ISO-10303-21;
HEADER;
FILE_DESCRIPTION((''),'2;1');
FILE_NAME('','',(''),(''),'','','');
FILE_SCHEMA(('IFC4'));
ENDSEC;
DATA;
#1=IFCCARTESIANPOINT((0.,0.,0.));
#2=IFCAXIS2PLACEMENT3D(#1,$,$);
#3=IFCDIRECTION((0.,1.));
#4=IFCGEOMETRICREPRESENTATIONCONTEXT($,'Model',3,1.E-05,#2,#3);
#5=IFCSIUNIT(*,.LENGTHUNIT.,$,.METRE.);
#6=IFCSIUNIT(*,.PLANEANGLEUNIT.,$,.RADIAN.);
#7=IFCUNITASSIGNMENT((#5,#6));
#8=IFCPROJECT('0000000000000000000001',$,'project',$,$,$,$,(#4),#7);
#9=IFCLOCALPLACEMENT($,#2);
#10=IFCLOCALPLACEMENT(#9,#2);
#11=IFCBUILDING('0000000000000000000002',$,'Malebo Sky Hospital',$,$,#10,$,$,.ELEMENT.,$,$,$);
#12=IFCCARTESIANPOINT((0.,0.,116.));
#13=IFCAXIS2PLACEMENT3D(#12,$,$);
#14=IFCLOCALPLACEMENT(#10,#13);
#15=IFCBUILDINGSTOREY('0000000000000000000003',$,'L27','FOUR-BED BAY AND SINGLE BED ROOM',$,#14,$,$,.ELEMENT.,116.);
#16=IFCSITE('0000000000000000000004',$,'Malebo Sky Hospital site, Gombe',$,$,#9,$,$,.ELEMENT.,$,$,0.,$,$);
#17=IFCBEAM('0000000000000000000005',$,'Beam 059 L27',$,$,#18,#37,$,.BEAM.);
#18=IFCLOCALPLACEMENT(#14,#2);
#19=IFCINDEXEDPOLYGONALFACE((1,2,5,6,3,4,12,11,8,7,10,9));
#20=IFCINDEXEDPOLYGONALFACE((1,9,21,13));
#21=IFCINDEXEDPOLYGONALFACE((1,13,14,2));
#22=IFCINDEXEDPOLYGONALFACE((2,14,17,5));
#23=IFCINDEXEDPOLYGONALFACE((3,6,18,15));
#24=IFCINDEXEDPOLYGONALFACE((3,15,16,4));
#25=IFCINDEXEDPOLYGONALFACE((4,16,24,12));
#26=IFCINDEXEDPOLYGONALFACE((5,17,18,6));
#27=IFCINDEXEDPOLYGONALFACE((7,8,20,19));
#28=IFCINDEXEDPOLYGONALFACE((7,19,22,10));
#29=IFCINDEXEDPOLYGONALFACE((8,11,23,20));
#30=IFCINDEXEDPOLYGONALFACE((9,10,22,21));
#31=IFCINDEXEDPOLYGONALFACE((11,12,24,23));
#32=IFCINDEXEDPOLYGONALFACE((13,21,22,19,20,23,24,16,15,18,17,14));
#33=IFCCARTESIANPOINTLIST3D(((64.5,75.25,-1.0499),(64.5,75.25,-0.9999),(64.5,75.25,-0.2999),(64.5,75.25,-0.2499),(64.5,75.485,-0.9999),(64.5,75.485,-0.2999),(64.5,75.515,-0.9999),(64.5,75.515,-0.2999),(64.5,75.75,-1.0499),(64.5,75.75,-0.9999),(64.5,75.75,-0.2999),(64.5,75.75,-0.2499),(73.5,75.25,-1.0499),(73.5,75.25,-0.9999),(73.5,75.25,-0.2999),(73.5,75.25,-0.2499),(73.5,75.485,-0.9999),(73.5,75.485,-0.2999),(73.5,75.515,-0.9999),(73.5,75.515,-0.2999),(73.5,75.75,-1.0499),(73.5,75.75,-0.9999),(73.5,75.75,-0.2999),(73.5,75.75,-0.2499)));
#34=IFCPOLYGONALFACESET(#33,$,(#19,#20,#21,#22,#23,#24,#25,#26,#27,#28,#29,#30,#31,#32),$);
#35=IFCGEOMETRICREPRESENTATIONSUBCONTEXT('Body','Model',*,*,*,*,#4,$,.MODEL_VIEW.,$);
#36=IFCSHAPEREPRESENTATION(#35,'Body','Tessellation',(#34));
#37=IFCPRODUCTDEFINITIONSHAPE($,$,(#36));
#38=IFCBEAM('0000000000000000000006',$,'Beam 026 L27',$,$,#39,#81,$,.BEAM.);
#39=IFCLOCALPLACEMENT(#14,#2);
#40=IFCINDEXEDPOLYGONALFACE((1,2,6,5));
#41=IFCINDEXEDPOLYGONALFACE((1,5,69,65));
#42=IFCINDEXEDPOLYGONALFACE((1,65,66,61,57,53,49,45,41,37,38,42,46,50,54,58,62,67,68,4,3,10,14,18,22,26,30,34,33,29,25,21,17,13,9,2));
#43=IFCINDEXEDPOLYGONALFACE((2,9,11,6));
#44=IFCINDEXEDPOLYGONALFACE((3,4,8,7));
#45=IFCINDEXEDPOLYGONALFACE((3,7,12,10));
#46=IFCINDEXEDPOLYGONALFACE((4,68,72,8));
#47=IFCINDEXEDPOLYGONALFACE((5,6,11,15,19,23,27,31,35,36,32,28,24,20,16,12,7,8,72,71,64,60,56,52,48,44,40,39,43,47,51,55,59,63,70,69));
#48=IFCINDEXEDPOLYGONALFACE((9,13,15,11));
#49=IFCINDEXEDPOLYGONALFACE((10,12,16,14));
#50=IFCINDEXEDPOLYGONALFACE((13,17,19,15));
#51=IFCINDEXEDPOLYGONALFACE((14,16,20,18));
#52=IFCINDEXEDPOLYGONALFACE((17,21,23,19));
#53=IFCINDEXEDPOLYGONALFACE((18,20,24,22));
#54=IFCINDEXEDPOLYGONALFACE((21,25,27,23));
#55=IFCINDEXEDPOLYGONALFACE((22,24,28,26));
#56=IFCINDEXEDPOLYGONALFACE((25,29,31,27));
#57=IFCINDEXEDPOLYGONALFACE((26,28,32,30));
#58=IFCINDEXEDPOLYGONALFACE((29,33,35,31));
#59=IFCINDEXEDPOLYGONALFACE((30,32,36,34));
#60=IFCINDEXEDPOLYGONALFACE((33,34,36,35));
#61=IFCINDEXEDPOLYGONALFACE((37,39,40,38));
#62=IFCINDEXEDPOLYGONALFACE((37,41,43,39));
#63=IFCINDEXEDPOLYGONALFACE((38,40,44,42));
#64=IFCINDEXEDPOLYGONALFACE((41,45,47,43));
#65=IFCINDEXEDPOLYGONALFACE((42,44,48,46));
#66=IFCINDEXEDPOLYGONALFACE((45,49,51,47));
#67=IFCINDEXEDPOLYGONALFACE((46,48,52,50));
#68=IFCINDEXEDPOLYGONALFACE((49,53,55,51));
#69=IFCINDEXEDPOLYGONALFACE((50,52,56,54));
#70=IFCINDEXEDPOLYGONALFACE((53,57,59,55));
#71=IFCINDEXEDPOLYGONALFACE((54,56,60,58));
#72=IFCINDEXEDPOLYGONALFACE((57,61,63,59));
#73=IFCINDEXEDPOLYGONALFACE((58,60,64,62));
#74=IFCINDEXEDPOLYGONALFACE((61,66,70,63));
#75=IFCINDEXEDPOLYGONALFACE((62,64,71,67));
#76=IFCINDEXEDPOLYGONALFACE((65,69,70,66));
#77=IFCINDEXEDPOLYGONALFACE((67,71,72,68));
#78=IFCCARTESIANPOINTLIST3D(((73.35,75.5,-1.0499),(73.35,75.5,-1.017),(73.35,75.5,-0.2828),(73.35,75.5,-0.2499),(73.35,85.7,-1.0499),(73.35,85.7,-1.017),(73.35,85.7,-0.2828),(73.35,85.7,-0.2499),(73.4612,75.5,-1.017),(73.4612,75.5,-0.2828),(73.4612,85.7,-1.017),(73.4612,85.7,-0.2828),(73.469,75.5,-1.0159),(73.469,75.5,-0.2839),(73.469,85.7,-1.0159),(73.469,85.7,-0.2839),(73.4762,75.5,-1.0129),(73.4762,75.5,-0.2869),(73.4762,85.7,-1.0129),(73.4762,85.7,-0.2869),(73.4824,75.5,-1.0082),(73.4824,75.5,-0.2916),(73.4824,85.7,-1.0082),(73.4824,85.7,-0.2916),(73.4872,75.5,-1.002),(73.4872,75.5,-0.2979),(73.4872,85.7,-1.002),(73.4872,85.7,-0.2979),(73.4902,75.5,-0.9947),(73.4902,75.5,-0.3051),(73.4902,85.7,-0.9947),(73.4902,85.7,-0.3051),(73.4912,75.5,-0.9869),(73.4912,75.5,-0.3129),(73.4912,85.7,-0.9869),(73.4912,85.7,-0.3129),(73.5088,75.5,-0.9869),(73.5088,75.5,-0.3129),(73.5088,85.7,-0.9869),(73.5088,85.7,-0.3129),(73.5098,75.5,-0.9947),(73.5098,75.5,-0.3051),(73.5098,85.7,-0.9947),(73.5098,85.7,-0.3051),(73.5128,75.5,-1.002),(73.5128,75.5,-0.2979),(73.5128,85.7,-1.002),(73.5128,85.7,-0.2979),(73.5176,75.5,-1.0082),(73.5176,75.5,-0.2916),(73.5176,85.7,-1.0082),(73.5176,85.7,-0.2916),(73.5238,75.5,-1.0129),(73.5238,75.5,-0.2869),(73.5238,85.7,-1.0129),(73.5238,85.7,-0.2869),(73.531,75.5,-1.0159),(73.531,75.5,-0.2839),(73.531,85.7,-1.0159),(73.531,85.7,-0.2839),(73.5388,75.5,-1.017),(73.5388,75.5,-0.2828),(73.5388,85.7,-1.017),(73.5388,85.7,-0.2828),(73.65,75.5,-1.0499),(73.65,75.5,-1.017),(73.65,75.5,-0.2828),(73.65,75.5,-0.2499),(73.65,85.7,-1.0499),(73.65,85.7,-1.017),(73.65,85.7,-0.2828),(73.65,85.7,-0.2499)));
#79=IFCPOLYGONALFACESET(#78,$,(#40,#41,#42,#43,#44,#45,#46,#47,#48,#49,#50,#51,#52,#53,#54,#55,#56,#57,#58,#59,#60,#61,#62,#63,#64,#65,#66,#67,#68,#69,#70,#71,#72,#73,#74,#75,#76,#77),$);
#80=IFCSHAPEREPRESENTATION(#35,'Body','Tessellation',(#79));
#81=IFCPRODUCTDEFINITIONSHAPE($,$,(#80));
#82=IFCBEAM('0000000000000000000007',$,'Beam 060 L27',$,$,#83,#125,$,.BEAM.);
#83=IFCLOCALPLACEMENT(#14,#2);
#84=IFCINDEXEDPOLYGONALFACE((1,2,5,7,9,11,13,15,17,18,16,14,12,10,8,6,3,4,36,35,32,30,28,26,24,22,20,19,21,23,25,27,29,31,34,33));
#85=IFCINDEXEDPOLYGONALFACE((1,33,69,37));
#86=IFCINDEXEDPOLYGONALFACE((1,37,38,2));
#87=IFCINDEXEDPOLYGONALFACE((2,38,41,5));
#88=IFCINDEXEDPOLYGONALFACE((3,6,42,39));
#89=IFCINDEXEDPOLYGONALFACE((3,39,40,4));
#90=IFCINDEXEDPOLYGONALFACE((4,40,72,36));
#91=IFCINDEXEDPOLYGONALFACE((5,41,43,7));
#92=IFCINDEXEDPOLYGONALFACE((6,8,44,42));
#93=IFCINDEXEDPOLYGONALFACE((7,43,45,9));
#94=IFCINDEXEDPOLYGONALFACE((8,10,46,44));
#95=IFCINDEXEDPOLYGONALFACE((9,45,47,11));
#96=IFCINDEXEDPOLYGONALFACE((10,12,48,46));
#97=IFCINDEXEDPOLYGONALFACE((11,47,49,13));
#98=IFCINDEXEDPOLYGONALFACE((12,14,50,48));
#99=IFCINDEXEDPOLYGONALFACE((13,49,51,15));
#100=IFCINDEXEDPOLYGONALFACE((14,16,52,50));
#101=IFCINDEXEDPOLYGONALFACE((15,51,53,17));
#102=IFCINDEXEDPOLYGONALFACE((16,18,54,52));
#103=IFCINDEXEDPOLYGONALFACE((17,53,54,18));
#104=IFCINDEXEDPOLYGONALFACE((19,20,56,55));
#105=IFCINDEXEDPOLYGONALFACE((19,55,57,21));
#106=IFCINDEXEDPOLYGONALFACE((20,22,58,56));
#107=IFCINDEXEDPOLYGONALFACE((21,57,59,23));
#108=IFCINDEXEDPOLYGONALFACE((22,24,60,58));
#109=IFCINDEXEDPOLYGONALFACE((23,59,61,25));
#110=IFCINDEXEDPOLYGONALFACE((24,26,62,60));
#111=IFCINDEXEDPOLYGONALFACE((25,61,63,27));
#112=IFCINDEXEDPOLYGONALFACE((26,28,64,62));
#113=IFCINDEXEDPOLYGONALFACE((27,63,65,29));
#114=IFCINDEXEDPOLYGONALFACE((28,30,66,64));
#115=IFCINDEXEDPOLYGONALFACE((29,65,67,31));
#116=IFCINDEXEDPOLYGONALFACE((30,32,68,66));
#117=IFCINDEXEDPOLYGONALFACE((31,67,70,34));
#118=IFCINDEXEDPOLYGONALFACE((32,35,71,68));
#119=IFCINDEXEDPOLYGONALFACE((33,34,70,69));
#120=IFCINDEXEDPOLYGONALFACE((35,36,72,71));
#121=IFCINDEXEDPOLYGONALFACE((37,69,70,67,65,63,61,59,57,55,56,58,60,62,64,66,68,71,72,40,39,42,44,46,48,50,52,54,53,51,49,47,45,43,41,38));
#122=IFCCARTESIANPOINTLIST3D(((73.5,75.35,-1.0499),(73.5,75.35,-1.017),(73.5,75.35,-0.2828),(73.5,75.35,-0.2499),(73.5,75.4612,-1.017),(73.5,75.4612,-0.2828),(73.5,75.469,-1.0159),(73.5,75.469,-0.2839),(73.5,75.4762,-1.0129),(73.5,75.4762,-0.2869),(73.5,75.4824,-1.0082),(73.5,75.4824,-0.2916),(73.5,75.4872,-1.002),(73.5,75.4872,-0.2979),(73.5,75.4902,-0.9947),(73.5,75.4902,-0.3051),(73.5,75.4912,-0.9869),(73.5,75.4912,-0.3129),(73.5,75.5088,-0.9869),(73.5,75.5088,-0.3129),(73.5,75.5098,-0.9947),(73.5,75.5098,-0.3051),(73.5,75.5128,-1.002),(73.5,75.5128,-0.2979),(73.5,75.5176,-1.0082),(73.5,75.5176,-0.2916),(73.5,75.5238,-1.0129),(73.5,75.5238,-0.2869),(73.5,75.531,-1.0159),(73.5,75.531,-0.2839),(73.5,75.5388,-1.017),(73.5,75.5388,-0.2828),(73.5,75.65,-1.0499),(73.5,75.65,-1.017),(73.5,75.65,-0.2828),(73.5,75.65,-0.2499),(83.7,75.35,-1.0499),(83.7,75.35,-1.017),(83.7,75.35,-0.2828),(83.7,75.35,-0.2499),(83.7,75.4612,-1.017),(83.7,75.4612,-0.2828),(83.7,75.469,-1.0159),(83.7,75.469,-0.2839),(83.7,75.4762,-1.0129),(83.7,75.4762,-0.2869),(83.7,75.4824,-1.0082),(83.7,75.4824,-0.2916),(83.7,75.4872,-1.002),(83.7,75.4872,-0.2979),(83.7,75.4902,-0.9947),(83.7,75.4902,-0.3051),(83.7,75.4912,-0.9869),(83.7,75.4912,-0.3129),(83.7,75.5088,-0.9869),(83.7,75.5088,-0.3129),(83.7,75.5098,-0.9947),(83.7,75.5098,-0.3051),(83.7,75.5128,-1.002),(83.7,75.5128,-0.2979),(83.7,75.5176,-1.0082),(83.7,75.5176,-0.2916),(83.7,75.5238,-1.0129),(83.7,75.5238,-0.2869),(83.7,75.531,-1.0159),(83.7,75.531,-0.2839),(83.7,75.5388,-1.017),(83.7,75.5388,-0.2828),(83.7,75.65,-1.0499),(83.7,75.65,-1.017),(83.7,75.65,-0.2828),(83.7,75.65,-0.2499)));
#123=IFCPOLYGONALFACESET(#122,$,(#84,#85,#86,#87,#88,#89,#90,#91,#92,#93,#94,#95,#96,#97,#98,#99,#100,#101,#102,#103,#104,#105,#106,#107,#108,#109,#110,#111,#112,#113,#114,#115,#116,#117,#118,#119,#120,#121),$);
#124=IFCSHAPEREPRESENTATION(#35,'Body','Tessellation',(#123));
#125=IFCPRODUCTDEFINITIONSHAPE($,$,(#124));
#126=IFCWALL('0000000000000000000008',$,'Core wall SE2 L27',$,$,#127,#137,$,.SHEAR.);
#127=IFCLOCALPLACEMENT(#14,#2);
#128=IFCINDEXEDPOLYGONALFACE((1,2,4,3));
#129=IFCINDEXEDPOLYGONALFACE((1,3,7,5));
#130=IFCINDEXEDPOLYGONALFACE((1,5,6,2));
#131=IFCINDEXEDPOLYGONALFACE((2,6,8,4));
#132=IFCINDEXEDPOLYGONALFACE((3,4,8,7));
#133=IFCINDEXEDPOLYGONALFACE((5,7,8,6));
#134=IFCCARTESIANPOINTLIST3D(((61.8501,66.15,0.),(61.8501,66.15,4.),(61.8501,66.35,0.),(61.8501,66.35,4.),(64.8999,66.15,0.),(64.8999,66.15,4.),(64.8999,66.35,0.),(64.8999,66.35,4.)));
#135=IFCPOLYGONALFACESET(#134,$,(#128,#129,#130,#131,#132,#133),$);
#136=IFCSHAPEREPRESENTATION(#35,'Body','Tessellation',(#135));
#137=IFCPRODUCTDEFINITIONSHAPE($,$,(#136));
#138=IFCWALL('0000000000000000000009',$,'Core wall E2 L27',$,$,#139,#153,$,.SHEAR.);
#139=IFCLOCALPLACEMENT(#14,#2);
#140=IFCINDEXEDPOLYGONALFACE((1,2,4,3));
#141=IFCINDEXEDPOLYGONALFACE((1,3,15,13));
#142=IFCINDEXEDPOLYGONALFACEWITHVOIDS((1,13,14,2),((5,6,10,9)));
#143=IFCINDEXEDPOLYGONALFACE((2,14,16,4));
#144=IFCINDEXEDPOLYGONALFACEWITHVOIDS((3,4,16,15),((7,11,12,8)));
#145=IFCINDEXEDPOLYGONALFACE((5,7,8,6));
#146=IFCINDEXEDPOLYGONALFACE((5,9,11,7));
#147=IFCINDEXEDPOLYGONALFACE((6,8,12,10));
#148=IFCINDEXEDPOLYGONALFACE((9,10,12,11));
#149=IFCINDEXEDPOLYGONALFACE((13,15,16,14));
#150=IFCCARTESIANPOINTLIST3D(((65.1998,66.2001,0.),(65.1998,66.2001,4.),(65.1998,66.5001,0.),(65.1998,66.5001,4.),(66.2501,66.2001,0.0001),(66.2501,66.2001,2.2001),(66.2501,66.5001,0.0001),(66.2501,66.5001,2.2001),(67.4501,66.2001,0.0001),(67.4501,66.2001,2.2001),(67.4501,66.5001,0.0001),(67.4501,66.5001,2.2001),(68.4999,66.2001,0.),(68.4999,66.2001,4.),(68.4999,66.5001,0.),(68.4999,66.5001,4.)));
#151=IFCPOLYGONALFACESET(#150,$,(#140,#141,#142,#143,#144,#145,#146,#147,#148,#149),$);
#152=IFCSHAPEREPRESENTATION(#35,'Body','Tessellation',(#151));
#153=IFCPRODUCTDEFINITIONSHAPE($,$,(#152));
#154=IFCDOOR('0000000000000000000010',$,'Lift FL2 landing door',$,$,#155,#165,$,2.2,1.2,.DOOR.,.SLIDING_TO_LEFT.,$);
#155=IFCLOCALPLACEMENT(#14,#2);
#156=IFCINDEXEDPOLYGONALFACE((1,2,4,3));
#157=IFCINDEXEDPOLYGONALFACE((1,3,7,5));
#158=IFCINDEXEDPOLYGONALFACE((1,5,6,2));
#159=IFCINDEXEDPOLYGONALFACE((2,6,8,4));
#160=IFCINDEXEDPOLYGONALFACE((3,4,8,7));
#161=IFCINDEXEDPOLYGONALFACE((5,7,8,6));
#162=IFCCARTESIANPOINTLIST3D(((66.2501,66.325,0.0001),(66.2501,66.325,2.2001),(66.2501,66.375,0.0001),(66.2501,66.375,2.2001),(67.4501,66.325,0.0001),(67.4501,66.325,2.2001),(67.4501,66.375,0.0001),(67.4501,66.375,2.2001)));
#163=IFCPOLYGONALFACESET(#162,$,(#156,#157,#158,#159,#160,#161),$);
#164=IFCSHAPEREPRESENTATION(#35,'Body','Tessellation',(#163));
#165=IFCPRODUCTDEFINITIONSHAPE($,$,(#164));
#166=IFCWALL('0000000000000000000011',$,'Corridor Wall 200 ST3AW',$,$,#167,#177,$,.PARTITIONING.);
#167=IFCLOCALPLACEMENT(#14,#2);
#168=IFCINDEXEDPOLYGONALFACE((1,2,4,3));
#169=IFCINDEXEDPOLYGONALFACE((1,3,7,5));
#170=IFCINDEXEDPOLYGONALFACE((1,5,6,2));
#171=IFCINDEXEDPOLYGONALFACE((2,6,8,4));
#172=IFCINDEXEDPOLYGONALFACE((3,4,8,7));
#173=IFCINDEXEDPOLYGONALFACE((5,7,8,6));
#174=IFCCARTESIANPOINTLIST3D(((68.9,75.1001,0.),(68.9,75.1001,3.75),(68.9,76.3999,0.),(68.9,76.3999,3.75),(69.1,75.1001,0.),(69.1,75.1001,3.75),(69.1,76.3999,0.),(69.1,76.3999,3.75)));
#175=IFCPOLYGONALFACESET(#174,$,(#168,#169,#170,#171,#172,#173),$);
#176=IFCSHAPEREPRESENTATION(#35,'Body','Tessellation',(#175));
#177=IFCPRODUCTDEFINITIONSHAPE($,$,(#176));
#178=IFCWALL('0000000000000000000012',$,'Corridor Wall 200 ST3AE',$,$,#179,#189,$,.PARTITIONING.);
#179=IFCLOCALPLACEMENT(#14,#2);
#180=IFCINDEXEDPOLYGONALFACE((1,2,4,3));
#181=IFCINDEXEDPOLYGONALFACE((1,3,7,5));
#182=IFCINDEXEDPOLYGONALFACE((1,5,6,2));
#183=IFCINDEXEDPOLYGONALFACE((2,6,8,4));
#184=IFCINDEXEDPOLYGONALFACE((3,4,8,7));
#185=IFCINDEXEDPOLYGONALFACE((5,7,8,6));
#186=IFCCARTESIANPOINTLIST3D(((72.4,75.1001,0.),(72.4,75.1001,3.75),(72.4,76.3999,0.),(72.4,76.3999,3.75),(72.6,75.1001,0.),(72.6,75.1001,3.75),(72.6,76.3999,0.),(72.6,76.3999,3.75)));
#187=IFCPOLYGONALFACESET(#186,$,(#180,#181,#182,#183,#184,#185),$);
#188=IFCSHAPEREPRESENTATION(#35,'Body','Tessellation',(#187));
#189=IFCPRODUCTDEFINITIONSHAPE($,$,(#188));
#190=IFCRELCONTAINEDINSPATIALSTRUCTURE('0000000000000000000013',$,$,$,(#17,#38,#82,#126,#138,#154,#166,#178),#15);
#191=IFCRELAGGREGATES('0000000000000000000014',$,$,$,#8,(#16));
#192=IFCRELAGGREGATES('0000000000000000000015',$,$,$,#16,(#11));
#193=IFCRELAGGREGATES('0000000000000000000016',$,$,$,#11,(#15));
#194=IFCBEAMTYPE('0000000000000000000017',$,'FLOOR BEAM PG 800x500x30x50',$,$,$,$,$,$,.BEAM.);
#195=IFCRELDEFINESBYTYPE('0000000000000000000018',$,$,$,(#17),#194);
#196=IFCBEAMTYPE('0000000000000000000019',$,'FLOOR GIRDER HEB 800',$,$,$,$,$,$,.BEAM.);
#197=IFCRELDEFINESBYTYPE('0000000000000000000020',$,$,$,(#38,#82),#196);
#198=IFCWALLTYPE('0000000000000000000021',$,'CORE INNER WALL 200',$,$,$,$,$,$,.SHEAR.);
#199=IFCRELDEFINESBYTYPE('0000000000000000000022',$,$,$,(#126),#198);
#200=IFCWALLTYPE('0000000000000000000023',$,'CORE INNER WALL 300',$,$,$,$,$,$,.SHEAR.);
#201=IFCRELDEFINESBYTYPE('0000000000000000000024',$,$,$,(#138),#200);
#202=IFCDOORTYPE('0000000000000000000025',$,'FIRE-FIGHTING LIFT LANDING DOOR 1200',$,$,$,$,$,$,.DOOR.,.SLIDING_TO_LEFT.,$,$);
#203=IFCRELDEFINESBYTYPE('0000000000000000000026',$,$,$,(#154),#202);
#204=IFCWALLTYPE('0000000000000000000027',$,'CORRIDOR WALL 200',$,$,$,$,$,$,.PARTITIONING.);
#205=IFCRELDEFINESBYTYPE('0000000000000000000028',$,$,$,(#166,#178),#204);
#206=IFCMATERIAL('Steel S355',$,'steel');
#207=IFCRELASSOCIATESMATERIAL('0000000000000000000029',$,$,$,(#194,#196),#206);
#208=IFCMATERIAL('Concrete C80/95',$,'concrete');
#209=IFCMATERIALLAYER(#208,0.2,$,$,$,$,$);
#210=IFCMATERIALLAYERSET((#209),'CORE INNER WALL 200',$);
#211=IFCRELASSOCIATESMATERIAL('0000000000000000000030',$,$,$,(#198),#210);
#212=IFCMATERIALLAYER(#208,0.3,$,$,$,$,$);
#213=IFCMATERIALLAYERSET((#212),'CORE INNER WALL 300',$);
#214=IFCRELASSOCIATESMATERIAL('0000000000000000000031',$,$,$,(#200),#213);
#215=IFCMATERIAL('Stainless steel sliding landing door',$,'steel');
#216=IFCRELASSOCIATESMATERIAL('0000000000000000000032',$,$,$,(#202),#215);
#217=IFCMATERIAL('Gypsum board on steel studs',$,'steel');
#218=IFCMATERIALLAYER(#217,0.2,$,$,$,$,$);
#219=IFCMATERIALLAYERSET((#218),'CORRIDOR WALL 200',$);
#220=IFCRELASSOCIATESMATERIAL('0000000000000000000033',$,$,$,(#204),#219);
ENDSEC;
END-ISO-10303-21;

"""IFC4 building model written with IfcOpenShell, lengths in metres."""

from ifc_helpers import new_model, si_unit, direction, frame, frame_2d, origin, origin_2d, place, context, subcontext, project, spatial, rectangle, i_section, extrude, material, layer, layer_set, material_profile, profile_set, type_object, element, fill, save


model = new_model("IFC4")

# Units and contexts
model_context = context("Model", 3, precision=1e-05, world=origin(), true_north=direction((0.0, 1.0)))
body_context = subcontext(model_context, "Body", "Model", "MODEL_VIEW")
ifc_project = project(units=[si_unit("LENGTHUNIT", "METRE"), si_unit("PLANEANGLEUNIT", "RADIAN")], contexts=[model_context])

# Site, building, storey
site_placement = place(None, origin())
site = spatial("IfcSite", under=ifc_project, at=site_placement, Name="Malebo Sky Hospital site, Gombe", CompositionType="ELEMENT", RefElevation=0.0)
building_placement = place(site_placement, origin())
building = spatial("IfcBuilding", under=site, at=building_placement, Name="Malebo Sky Hospital", CompositionType="ELEMENT")
storey_placement = place(building_placement, frame((0.0, 0.0, 116.0)))
storey = spatial("IfcBuildingStorey", under=building, at=storey_placement, Name="L27", Description="FOUR-BED BAY AND SINGLE BED ROOM", CompositionType="ELEMENT", Elevation=116.0)

# Beams
ifc_material_1 = material(Name="Steel S355", Category="steel")
ifc_material_profile_1 = material_profile(ifc_material_1, i_section(OverallWidth=0.5, OverallDepth=0.8, WebThickness=0.03, FlangeThickness=0.05, at=origin_2d()), Name="PG 800x500x30x50")
ifc_profile_set_1 = profile_set([ifc_material_profile_1], Name="Steel S355")
beam_type_1 = type_object("IfcBeamType", Name="FLOOR BEAM PG 800x500x30x50", PredefinedType="BEAM", material=ifc_profile_set_1)
beam_1_placement = place(storey_placement, frame((64.5, 75.5, -0.6499), z_axis=(1.0, 0.0, 0.0), x_axis=(0.0, 1.0, 0.0)))
element("IfcBeam", 1, at=beam_1_placement, inside=storey, type_object=beam_type_1, Name="Beam 059 L27", PredefinedType="BEAM", context=body_context, shape_type="SweptSolid", body=[
    extrude(i_section(OverallWidth=0.5, OverallDepth=0.8, WebThickness=0.03, FlangeThickness=0.05, at=origin_2d()), origin(), (0.0, 0.0, 1.0), 9.0),
])
ifc_material_profile_2 = material_profile(ifc_material_1, i_section(OverallWidth=0.3, OverallDepth=0.8, WebThickness=0.0176, FlangeThickness=0.033, FilletRadius=0.03, at=origin_2d()), Name="HEB 800")
ifc_profile_set_2 = profile_set([ifc_material_profile_2], Name="Steel S355")
beam_type_2 = type_object("IfcBeamType", Name="FLOOR GIRDER HEB 800", PredefinedType="BEAM", material=ifc_profile_set_2)
for number, where, z_axis, x_axis, name in (
    (2, (73.5, 75.5, -0.6499), (0.0, 1.0, 0.0), (-1.0, 0.0, 0.0), "Beam 026 L27"),
    (3, (73.5, 75.5, -0.6499), (1.0, 0.0, 0.0), (0.0, 1.0, 0.0), "Beam 060 L27"),
):
    element("IfcBeam", number, at=place(storey_placement, frame(where, z_axis=z_axis, x_axis=x_axis)), inside=storey, type_object=beam_type_2, Name=name, PredefinedType="BEAM", context=body_context, shape_type="SweptSolid", body=[
        extrude(i_section(OverallWidth=0.3, OverallDepth=0.8, WebThickness=0.0176, FlangeThickness=0.033, FilletRadius=0.03, at=origin_2d()), origin(), (0.0, 0.0, 1.0), 10.2),
    ])

# Wall
ifc_material_2 = material(Name="Concrete C80/95", Category="concrete")
ifc_layer_1 = layer(ifc_material_2, 0.2)
ifc_layer_set_1 = layer_set([ifc_layer_1], Name="CORE INNER WALL 200")
wall_type_1 = type_object("IfcWallType", Name="CORE INNER WALL 200", PredefinedType="SHEAR", material=ifc_layer_set_1)
wall_1_placement = place(storey_placement, frame((61.8501, 66.25, 0.0), z_axis=(0.0, 0.0, 1.0), x_axis=(1.0, 0.0, 0.0)))
element("IfcWall", 4, at=wall_1_placement, inside=storey, type_object=wall_type_1, Name="Core wall SE2 L27", PredefinedType="SHEAR", context=body_context, shape_type="SweptSolid", body=[
    extrude(rectangle(XDim=3.0498, YDim=0.2, at=frame_2d((1.5249, 0.0))), origin(), (0.0, 0.0, 1.0), 4.0),
])

# Wall, opening, door
ifc_layer_2 = layer(ifc_material_2, 0.3)
ifc_layer_set_2 = layer_set([ifc_layer_2], Name="CORE INNER WALL 300")
wall_type_2 = type_object("IfcWallType", Name="CORE INNER WALL 300", PredefinedType="SHEAR", material=ifc_layer_set_2)
wall_2_placement = place(storey_placement, frame((65.2, 66.3501, 0.0), z_axis=(0.0, 0.0, 1.0), x_axis=(1.0, 0.0, 0.0)))
wall_2 = element("IfcWall", 5, at=wall_2_placement, inside=storey, type_object=wall_type_2, Name="Core wall E2 L27", PredefinedType="SHEAR", context=body_context, shape_type="SweptSolid", body=[
    extrude(rectangle(XDim=3.3, YDim=0.3, at=frame_2d((1.6499, 0.0))), origin(), (0.0, 0.0, 1.0), 4.0),
])
opening_1_placement = place(wall_2_placement, frame((1.05, 0.0, 0.0)))
opening_1 = element("IfcOpeningElement", 6, at=opening_1_placement, cuts=wall_2, PredefinedType="OPENING", context=body_context, shape_type="SweptSolid", body=[
    extrude(rectangle(XDim=1.2, YDim=2.2, at=frame_2d((0.6001, 1.1001))), frame((0.0, 0.1599, 0.0), z_axis=(0.0, -1.0, 0.0), x_axis=(1.0, 0.0, 0.0)), (0.0, 0.0, 1.0), 0.3201),
])
ifc_material_3 = material(Name="Stainless steel sliding landing door", Category="steel")
door_type_1 = type_object("IfcDoorType", Name="FIRE-FIGHTING LIFT LANDING DOOR 1200", OperationType="SLIDING_TO_LEFT", PredefinedType="DOOR", material=ifc_material_3)
door_1_placement = place(opening_1_placement, origin())
door_1 = element("IfcDoor", 7, at=door_1_placement, inside=storey, type_object=door_type_1, Name="Lift FL2 landing door", OperationType="SLIDING_TO_LEFT", OverallHeight=2.2, OverallWidth=1.2, PredefinedType="DOOR", context=body_context, shape_type="SweptSolid", body=[
    extrude(rectangle(XDim=1.2, YDim=2.2, at=frame_2d((0.6001, 1.1001))), frame((0.0, 0.0249, 0.0), z_axis=(0.0, -1.0, 0.0), x_axis=(1.0, 0.0, 0.0)), (0.0, 0.0, 1.0), 0.05),
])
fill(opening_1, door_1)

# Walls
ifc_material_4 = material(Name="Gypsum board on steel studs", Category="steel")
ifc_layer_3 = layer(ifc_material_4, 0.2)
ifc_layer_set_3 = layer_set([ifc_layer_3], Name="CORRIDOR WALL 200")
wall_type_3 = type_object("IfcWallType", Name="CORRIDOR WALL 200", PredefinedType="PARTITIONING", material=ifc_layer_set_3)
for number, where, z_axis, x_axis, name in (
    (8, (69.0, 75.1001, 0.0), (0.0, 0.0, 1.0), (0.0, 1.0, 0.0), "Corridor Wall 200 ST3AW"),
    (9, (72.5, 75.1001, 0.0), (0.0, 0.0, 1.0), (0.0, 1.0, 0.0), "Corridor Wall 200 ST3AE"),
):
    element("IfcWall", number, at=place(storey_placement, frame(where, z_axis=z_axis, x_axis=x_axis)), inside=storey, type_object=wall_type_3, Name=name, PredefinedType="PARTITIONING", context=body_context, shape_type="SweptSolid", body=[
        extrude(rectangle(XDim=1.2998, YDim=0.2, at=frame_2d((0.6499, 0.0))), origin(), (0.0, 0.0, 1.0), 3.75),
    ])

save(model, "model.ifc")
